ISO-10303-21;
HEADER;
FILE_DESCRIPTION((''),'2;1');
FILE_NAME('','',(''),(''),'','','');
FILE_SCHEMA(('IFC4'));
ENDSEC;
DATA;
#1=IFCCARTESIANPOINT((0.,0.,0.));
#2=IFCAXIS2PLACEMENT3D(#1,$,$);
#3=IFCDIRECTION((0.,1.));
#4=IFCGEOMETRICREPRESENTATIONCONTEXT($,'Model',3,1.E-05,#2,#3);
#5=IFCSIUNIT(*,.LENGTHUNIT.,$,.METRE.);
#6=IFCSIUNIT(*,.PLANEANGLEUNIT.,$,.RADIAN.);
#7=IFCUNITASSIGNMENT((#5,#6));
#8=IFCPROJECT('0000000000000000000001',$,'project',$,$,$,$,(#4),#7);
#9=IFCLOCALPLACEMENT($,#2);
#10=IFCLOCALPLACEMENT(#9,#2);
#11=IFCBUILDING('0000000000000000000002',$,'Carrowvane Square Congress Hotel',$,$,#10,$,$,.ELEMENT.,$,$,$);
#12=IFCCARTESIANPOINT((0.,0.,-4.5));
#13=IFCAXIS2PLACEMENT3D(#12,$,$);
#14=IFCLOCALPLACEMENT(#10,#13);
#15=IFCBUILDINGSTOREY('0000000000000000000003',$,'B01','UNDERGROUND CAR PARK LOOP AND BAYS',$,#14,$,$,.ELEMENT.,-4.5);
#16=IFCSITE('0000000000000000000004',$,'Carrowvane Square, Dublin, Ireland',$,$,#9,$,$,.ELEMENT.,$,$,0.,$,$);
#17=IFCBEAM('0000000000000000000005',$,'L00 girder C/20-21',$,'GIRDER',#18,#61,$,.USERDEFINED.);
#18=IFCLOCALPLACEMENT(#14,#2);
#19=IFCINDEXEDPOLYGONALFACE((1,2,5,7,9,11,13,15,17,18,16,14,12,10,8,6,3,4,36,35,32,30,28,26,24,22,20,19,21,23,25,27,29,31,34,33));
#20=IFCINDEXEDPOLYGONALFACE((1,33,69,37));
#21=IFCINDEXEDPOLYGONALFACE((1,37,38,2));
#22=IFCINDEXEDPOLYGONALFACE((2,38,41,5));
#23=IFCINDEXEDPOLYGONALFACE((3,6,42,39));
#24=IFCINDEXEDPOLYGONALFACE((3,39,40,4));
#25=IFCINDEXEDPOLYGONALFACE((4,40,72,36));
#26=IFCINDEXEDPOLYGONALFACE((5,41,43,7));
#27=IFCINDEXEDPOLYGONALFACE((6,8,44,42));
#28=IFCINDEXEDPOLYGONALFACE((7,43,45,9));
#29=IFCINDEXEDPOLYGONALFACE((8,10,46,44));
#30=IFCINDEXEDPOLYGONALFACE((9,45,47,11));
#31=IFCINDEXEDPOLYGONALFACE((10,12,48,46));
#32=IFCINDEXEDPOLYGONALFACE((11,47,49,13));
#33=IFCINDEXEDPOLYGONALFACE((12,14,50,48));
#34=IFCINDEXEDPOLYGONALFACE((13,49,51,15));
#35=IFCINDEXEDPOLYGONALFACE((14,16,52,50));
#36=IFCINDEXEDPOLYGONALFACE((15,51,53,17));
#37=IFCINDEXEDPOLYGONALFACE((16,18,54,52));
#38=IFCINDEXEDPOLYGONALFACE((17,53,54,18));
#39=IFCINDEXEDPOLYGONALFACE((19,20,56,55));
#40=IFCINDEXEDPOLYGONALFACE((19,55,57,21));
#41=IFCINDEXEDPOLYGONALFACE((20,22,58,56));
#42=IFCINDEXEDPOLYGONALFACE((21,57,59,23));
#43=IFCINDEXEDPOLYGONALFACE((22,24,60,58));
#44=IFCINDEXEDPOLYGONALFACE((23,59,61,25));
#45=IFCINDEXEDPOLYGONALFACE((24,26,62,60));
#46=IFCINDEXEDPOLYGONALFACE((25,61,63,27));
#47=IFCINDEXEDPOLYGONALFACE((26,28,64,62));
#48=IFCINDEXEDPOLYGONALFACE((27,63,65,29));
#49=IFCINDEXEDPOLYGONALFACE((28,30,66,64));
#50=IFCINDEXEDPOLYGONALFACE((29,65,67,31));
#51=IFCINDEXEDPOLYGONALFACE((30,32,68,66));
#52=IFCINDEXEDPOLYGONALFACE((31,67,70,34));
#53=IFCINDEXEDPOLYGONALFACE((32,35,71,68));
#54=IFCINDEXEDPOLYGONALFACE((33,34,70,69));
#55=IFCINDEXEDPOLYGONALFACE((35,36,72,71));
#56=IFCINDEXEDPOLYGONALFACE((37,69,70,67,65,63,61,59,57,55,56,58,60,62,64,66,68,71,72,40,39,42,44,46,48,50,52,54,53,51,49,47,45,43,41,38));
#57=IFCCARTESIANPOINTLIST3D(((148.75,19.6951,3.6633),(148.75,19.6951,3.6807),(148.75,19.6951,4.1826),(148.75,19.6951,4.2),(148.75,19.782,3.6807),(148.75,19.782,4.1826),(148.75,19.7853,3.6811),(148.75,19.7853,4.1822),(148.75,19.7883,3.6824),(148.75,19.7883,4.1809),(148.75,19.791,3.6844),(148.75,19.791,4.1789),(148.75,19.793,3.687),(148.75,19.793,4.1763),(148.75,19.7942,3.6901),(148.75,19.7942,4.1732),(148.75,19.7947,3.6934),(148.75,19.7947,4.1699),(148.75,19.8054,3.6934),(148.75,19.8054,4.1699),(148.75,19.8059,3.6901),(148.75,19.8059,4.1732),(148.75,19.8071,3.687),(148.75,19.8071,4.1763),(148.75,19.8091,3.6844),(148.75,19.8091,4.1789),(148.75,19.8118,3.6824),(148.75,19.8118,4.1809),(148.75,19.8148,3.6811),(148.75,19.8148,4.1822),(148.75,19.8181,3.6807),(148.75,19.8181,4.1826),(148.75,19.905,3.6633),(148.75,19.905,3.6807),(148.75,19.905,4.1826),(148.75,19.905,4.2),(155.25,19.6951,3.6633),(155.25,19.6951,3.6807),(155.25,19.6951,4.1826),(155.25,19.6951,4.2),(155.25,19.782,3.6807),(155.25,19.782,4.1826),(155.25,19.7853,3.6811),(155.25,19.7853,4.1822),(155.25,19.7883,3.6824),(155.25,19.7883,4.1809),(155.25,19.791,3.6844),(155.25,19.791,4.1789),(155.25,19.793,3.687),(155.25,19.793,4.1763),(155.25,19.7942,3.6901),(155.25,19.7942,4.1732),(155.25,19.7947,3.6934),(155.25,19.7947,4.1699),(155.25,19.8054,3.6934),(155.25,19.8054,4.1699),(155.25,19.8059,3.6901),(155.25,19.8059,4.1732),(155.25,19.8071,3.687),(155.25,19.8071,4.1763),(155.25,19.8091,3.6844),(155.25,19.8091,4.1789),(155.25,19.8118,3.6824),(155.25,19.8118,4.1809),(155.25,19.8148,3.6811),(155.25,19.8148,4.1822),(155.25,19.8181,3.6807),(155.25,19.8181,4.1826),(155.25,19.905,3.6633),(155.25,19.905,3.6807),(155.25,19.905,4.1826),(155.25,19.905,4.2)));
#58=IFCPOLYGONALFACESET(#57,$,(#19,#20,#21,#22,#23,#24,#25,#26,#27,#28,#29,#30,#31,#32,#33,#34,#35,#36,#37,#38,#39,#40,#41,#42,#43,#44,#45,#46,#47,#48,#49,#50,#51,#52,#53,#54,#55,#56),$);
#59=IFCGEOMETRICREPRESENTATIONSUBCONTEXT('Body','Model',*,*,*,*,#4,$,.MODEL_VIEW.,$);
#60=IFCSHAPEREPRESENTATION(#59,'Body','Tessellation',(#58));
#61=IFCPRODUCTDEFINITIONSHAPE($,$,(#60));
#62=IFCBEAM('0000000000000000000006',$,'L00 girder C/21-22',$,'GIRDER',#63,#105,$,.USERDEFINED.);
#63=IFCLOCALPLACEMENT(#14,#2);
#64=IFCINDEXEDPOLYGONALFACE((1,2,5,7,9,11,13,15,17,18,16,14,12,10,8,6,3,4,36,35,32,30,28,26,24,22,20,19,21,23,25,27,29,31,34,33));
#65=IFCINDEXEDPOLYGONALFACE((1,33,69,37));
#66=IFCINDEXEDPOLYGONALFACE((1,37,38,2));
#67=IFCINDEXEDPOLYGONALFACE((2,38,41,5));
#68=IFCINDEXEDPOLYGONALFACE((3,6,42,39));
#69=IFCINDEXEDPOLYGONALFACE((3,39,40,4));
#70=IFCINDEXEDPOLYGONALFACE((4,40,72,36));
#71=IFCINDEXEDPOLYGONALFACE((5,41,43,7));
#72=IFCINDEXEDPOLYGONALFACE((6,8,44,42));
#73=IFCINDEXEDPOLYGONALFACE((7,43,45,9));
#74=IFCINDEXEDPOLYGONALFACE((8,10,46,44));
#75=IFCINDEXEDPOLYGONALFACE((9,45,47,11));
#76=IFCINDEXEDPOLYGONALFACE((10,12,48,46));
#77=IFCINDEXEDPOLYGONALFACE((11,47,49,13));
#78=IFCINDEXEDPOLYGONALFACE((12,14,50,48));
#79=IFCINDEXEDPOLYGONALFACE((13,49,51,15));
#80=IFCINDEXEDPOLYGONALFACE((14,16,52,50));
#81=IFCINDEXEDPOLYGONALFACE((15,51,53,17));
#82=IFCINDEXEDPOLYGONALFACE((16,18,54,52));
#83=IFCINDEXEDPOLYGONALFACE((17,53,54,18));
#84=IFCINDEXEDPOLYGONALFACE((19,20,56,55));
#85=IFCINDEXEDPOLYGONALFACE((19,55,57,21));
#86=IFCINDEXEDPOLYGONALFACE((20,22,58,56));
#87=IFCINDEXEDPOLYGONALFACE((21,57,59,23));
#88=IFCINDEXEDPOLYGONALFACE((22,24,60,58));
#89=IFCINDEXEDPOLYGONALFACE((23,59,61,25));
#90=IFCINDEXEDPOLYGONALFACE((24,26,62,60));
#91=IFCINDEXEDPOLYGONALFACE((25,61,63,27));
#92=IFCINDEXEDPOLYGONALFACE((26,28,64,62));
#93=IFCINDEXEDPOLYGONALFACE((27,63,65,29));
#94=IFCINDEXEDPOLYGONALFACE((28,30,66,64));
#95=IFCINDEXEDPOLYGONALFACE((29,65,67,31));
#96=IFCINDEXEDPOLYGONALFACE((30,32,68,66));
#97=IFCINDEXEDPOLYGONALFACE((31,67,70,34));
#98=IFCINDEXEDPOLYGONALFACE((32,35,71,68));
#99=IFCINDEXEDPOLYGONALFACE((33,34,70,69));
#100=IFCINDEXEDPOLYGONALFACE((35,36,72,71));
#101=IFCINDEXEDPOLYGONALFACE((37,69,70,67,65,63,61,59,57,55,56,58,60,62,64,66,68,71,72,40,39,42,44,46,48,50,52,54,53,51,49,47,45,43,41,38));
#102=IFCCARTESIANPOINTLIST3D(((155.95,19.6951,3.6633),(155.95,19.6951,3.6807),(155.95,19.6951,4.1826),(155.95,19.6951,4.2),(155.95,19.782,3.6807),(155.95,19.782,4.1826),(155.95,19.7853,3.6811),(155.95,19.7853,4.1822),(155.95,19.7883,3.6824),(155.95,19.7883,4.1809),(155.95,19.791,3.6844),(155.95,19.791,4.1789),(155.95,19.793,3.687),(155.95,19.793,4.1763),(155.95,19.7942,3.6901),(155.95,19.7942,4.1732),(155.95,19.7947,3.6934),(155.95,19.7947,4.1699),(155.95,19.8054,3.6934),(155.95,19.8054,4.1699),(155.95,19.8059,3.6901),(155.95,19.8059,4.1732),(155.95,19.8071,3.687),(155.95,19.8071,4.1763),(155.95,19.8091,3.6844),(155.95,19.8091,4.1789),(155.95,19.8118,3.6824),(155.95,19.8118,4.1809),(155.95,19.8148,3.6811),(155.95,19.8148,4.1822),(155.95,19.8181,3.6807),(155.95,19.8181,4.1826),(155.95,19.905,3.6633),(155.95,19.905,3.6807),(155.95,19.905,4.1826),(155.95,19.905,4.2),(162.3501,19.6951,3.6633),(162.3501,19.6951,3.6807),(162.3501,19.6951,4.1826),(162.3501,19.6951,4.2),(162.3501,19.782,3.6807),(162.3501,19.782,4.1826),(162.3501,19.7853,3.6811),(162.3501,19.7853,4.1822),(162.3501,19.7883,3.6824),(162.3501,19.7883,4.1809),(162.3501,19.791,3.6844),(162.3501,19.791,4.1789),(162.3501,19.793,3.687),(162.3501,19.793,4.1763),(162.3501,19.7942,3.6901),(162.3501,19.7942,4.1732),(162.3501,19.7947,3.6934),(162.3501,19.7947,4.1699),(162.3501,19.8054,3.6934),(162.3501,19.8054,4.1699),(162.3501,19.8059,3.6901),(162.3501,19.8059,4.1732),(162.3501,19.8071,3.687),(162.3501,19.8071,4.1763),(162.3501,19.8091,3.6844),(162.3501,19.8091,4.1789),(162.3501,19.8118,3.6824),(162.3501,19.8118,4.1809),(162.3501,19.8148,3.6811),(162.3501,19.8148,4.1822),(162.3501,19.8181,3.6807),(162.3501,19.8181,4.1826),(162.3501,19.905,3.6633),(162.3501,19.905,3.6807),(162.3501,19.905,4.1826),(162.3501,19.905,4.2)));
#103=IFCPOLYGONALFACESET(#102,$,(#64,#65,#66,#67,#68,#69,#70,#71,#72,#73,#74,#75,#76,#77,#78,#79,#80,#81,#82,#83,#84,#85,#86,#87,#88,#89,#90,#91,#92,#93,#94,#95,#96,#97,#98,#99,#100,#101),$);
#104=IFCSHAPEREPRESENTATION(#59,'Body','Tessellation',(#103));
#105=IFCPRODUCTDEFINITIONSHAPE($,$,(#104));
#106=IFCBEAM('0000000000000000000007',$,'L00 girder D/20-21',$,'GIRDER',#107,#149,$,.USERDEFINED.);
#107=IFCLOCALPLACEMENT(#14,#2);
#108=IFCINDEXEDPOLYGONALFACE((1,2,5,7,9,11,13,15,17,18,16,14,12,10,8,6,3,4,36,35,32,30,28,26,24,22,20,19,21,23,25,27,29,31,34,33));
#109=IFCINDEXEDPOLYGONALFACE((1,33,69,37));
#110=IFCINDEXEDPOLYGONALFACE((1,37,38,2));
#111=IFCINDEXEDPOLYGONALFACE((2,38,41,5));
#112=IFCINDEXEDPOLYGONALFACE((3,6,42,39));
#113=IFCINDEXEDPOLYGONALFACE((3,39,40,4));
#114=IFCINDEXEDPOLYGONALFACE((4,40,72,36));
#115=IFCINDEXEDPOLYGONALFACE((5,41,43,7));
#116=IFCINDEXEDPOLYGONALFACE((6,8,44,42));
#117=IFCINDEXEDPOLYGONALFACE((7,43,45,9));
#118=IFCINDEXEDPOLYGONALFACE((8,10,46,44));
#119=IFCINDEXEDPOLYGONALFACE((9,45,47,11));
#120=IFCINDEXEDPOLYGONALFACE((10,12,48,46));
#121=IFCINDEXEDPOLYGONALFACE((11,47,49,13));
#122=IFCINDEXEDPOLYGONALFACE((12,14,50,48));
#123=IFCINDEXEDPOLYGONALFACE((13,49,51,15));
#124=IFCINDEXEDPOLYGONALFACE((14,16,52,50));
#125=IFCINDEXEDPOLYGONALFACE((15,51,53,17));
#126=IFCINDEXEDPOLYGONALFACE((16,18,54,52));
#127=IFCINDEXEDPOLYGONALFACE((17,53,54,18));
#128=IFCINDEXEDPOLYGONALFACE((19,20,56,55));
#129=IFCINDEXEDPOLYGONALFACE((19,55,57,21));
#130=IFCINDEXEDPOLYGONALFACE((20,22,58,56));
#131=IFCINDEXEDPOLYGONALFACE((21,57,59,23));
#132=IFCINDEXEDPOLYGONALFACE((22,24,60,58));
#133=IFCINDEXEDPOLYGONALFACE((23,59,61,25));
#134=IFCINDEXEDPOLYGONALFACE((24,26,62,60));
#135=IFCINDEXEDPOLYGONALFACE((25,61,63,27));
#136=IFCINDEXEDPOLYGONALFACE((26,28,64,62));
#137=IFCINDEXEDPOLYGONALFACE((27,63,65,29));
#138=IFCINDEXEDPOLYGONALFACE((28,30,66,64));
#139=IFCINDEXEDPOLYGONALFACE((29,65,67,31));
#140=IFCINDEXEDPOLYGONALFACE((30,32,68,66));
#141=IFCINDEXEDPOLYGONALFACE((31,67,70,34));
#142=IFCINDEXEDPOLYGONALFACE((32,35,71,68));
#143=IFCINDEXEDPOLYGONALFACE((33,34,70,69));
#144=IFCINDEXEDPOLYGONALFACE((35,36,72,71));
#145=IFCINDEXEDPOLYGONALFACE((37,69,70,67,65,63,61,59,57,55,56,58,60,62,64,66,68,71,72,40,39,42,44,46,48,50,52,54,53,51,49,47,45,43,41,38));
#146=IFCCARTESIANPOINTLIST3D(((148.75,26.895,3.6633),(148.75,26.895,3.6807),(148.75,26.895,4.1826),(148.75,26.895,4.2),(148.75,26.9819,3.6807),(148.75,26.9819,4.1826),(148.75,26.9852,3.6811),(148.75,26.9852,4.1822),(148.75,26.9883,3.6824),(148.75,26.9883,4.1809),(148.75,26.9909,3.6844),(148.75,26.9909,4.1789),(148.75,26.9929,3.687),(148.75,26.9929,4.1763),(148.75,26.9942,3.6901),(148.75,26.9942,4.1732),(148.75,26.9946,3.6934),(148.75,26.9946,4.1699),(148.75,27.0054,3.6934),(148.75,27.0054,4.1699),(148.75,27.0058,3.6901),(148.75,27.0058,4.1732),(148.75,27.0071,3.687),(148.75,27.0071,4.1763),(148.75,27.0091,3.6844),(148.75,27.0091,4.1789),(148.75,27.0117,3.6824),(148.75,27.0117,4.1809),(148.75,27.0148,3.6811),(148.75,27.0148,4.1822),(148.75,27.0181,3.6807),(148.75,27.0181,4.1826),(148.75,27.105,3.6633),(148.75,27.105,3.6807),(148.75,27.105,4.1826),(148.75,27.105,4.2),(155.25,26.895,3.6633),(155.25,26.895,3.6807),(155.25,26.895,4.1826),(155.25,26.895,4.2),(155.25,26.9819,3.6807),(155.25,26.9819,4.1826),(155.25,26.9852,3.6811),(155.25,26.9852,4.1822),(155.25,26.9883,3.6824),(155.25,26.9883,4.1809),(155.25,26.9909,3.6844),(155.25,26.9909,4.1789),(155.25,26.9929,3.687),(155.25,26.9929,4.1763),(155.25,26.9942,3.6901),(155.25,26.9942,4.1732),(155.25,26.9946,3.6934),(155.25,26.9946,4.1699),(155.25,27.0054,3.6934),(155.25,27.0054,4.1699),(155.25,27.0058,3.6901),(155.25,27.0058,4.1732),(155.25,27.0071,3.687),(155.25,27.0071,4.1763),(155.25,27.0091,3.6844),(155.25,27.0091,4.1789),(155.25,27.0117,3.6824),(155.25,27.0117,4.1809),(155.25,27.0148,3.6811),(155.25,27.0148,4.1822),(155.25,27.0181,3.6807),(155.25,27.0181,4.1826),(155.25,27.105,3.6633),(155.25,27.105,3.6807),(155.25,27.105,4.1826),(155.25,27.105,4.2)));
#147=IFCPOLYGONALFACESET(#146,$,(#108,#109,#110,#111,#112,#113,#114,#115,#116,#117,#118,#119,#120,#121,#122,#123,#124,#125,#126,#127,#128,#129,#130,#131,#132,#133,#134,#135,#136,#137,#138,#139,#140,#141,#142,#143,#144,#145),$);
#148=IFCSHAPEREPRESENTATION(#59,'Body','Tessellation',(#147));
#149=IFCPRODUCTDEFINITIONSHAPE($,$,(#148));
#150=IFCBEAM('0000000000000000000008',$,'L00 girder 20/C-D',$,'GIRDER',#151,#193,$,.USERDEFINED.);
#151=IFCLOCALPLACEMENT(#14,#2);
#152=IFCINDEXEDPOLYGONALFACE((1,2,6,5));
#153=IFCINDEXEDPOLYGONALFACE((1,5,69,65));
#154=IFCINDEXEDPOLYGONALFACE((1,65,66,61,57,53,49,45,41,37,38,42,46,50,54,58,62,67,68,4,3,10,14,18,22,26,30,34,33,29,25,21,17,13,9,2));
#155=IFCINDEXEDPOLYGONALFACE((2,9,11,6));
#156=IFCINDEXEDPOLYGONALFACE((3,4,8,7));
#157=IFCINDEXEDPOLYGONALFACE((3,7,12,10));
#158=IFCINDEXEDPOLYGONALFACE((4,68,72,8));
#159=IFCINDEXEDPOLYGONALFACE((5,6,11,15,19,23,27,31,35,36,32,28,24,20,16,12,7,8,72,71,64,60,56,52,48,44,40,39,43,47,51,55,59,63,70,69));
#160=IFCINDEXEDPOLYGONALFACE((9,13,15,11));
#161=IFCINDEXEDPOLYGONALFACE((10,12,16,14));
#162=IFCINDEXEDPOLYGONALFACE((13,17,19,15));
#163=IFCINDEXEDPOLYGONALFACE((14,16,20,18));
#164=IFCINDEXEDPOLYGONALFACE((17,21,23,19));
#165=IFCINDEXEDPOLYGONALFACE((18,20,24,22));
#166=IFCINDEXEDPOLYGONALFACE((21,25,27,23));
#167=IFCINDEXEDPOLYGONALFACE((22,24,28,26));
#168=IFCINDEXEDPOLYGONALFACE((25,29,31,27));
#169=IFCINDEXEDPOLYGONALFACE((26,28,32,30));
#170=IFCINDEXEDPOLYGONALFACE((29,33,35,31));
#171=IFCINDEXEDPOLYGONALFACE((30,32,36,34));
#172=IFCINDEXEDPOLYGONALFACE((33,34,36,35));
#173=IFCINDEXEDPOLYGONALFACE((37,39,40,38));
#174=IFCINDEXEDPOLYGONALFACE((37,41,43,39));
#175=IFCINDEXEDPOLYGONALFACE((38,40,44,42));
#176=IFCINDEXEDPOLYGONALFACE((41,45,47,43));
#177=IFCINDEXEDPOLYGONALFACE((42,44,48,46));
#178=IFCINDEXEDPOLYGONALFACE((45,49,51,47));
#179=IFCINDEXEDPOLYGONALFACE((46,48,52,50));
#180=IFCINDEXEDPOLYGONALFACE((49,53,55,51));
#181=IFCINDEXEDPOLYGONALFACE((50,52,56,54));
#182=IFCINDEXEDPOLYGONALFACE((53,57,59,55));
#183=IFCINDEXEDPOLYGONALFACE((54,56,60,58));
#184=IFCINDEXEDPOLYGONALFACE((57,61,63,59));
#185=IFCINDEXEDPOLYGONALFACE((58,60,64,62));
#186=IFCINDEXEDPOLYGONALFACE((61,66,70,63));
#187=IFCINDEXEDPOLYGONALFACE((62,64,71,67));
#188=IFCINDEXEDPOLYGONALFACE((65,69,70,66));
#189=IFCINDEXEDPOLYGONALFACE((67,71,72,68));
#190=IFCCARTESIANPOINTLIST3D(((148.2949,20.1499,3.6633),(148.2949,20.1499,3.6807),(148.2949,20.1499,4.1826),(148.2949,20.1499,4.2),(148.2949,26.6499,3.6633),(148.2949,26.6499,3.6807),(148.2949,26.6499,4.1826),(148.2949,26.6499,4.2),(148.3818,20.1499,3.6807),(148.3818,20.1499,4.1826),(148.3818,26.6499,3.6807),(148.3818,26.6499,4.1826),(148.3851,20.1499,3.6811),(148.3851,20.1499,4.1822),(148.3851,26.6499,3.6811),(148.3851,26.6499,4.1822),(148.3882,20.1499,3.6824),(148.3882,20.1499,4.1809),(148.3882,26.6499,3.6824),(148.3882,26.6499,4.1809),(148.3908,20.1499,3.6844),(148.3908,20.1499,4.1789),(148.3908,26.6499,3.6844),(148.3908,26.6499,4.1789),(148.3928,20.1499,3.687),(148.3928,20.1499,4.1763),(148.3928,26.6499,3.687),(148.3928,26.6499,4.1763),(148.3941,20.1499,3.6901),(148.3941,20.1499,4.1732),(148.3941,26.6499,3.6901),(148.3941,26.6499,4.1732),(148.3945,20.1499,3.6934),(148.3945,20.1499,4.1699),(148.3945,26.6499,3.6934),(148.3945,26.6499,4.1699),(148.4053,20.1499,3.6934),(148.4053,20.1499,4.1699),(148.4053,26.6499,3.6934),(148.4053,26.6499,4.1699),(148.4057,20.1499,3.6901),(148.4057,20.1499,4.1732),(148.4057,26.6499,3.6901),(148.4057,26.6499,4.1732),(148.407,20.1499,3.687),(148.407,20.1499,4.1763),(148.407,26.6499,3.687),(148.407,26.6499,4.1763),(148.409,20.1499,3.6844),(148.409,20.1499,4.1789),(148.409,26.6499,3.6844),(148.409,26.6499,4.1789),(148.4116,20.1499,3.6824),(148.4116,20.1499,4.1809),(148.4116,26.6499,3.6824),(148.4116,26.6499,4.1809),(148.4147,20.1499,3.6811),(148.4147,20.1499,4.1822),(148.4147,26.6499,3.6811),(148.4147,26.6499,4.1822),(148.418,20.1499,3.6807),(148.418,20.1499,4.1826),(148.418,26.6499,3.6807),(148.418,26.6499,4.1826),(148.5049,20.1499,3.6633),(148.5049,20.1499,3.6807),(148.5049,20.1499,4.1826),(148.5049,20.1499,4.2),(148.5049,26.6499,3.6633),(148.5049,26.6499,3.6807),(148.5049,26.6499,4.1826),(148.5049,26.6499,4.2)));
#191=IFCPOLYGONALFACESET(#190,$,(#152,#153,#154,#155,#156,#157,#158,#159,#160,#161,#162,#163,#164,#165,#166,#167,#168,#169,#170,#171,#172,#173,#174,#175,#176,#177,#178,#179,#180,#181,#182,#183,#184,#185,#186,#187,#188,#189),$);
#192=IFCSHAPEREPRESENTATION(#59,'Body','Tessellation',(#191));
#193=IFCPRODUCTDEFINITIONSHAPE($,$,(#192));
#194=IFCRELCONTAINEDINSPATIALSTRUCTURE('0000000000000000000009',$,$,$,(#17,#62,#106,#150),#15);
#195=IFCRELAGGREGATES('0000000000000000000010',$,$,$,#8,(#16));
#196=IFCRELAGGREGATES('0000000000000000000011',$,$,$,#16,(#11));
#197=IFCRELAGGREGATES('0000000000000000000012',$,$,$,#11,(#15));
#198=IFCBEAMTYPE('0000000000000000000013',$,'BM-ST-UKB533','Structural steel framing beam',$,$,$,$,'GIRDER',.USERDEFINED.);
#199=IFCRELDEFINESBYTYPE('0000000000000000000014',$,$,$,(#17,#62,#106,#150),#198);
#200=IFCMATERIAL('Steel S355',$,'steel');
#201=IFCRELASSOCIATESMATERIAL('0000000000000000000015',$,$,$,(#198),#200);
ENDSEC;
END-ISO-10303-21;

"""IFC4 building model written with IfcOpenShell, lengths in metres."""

from ifc_helpers import new_model, si_unit, direction, frame, origin, origin_2d, place, context, subcontext, project, spatial, i_section, extrude, material, material_profile, profile_set, type_object, element, save


model = new_model("IFC4")

# Units and contexts
model_context = context("Model", 3, precision=1e-05, world=origin(), true_north=direction((0.0, 1.0)))
body_context = subcontext(model_context, "Body", "Model", "MODEL_VIEW")
ifc_project = project(units=[si_unit("LENGTHUNIT", "METRE"), si_unit("PLANEANGLEUNIT", "RADIAN")], contexts=[model_context])

# Site, building, storey
site_placement = place(None, origin())
site = spatial("IfcSite", under=ifc_project, at=site_placement, Name="Carrowvane Square, Dublin, Ireland", CompositionType="ELEMENT", RefElevation=0.0)
building_placement = place(site_placement, origin())
building = spatial("IfcBuilding", under=site, at=building_placement, Name="Carrowvane Square Congress Hotel", CompositionType="ELEMENT")
storey_placement = place(building_placement, frame((0.0, 0.0, -4.5)))
storey = spatial("IfcBuildingStorey", under=building, at=storey_placement, Name="B01", Description="UNDERGROUND CAR PARK LOOP AND BAYS", CompositionType="ELEMENT", Elevation=-4.5)

# Beams
ifc_material_1 = material(Name="Steel S355", Category="steel")
ifc_material_profile_1 = material_profile(ifc_material_1, i_section(OverallWidth=0.21, OverallDepth=0.5366, WebThickness=0.0107, FlangeThickness=0.0173, FilletRadius=0.0127, at=origin_2d()), Name="UKB 533x210x101")
ifc_profile_set_1 = profile_set([ifc_material_profile_1], Name="Steel S355")
beam_type_1 = type_object("IfcBeamType", Name="BM-ST-UKB533", Description="Structural steel framing beam", ElementType="GIRDER", PredefinedType="USERDEFINED", material=ifc_profile_set_1)
beam_1_placement = place(storey_placement, frame((148.75, 19.8, 3.9316), z_axis=(1.0, 0.0, 0.0), x_axis=(0.0, 1.0, 0.0)))
element("IfcBeam", 1, at=beam_1_placement, inside=storey, type_object=beam_type_1, Name="L00 girder C/20-21", ObjectType="GIRDER", PredefinedType="USERDEFINED", context=body_context, shape_type="SweptSolid", body=[
    extrude(i_section(OverallWidth=0.21, OverallDepth=0.5366, WebThickness=0.0107, FlangeThickness=0.0173, FilletRadius=0.0127, at=origin_2d()), origin(), (0.0, 0.0, 1.0), 6.5),
])
beam_2_placement = place(storey_placement, frame((155.95, 19.8, 3.9316), z_axis=(1.0, 0.0, 0.0), x_axis=(0.0, 1.0, 0.0)))
element("IfcBeam", 2, at=beam_2_placement, inside=storey, type_object=beam_type_1, Name="L00 girder C/21-22", ObjectType="GIRDER", PredefinedType="USERDEFINED", context=body_context, shape_type="SweptSolid", body=[
    extrude(i_section(OverallWidth=0.21, OverallDepth=0.5366, WebThickness=0.0107, FlangeThickness=0.0173, FilletRadius=0.0127, at=origin_2d()), origin(), (0.0, 0.0, 1.0), 6.4001),
])
for number, where, z_axis, x_axis, name in (
    (3, (148.75, 27.0, 3.9316), (1.0, 0.0, 0.0), (0.0, 1.0, 0.0), "L00 girder D/20-21"),
    (4, (148.3999, 20.1499, 3.9316), (0.0, 1.0, 0.0), (-1.0, 0.0, 0.0), "L00 girder 20/C-D"),
):
    element("IfcBeam", number, at=place(storey_placement, frame(where, z_axis=z_axis, x_axis=x_axis)), inside=storey, type_object=beam_type_1, Name=name, ObjectType="GIRDER", PredefinedType="USERDEFINED", context=body_context, shape_type="SweptSolid", body=[
        extrude(i_section(OverallWidth=0.21, OverallDepth=0.5366, WebThickness=0.0107, FlangeThickness=0.0173, FilletRadius=0.0127, at=origin_2d()), origin(), (0.0, 0.0, 1.0), 6.5),
    ])

save(model, "model.ifc")
